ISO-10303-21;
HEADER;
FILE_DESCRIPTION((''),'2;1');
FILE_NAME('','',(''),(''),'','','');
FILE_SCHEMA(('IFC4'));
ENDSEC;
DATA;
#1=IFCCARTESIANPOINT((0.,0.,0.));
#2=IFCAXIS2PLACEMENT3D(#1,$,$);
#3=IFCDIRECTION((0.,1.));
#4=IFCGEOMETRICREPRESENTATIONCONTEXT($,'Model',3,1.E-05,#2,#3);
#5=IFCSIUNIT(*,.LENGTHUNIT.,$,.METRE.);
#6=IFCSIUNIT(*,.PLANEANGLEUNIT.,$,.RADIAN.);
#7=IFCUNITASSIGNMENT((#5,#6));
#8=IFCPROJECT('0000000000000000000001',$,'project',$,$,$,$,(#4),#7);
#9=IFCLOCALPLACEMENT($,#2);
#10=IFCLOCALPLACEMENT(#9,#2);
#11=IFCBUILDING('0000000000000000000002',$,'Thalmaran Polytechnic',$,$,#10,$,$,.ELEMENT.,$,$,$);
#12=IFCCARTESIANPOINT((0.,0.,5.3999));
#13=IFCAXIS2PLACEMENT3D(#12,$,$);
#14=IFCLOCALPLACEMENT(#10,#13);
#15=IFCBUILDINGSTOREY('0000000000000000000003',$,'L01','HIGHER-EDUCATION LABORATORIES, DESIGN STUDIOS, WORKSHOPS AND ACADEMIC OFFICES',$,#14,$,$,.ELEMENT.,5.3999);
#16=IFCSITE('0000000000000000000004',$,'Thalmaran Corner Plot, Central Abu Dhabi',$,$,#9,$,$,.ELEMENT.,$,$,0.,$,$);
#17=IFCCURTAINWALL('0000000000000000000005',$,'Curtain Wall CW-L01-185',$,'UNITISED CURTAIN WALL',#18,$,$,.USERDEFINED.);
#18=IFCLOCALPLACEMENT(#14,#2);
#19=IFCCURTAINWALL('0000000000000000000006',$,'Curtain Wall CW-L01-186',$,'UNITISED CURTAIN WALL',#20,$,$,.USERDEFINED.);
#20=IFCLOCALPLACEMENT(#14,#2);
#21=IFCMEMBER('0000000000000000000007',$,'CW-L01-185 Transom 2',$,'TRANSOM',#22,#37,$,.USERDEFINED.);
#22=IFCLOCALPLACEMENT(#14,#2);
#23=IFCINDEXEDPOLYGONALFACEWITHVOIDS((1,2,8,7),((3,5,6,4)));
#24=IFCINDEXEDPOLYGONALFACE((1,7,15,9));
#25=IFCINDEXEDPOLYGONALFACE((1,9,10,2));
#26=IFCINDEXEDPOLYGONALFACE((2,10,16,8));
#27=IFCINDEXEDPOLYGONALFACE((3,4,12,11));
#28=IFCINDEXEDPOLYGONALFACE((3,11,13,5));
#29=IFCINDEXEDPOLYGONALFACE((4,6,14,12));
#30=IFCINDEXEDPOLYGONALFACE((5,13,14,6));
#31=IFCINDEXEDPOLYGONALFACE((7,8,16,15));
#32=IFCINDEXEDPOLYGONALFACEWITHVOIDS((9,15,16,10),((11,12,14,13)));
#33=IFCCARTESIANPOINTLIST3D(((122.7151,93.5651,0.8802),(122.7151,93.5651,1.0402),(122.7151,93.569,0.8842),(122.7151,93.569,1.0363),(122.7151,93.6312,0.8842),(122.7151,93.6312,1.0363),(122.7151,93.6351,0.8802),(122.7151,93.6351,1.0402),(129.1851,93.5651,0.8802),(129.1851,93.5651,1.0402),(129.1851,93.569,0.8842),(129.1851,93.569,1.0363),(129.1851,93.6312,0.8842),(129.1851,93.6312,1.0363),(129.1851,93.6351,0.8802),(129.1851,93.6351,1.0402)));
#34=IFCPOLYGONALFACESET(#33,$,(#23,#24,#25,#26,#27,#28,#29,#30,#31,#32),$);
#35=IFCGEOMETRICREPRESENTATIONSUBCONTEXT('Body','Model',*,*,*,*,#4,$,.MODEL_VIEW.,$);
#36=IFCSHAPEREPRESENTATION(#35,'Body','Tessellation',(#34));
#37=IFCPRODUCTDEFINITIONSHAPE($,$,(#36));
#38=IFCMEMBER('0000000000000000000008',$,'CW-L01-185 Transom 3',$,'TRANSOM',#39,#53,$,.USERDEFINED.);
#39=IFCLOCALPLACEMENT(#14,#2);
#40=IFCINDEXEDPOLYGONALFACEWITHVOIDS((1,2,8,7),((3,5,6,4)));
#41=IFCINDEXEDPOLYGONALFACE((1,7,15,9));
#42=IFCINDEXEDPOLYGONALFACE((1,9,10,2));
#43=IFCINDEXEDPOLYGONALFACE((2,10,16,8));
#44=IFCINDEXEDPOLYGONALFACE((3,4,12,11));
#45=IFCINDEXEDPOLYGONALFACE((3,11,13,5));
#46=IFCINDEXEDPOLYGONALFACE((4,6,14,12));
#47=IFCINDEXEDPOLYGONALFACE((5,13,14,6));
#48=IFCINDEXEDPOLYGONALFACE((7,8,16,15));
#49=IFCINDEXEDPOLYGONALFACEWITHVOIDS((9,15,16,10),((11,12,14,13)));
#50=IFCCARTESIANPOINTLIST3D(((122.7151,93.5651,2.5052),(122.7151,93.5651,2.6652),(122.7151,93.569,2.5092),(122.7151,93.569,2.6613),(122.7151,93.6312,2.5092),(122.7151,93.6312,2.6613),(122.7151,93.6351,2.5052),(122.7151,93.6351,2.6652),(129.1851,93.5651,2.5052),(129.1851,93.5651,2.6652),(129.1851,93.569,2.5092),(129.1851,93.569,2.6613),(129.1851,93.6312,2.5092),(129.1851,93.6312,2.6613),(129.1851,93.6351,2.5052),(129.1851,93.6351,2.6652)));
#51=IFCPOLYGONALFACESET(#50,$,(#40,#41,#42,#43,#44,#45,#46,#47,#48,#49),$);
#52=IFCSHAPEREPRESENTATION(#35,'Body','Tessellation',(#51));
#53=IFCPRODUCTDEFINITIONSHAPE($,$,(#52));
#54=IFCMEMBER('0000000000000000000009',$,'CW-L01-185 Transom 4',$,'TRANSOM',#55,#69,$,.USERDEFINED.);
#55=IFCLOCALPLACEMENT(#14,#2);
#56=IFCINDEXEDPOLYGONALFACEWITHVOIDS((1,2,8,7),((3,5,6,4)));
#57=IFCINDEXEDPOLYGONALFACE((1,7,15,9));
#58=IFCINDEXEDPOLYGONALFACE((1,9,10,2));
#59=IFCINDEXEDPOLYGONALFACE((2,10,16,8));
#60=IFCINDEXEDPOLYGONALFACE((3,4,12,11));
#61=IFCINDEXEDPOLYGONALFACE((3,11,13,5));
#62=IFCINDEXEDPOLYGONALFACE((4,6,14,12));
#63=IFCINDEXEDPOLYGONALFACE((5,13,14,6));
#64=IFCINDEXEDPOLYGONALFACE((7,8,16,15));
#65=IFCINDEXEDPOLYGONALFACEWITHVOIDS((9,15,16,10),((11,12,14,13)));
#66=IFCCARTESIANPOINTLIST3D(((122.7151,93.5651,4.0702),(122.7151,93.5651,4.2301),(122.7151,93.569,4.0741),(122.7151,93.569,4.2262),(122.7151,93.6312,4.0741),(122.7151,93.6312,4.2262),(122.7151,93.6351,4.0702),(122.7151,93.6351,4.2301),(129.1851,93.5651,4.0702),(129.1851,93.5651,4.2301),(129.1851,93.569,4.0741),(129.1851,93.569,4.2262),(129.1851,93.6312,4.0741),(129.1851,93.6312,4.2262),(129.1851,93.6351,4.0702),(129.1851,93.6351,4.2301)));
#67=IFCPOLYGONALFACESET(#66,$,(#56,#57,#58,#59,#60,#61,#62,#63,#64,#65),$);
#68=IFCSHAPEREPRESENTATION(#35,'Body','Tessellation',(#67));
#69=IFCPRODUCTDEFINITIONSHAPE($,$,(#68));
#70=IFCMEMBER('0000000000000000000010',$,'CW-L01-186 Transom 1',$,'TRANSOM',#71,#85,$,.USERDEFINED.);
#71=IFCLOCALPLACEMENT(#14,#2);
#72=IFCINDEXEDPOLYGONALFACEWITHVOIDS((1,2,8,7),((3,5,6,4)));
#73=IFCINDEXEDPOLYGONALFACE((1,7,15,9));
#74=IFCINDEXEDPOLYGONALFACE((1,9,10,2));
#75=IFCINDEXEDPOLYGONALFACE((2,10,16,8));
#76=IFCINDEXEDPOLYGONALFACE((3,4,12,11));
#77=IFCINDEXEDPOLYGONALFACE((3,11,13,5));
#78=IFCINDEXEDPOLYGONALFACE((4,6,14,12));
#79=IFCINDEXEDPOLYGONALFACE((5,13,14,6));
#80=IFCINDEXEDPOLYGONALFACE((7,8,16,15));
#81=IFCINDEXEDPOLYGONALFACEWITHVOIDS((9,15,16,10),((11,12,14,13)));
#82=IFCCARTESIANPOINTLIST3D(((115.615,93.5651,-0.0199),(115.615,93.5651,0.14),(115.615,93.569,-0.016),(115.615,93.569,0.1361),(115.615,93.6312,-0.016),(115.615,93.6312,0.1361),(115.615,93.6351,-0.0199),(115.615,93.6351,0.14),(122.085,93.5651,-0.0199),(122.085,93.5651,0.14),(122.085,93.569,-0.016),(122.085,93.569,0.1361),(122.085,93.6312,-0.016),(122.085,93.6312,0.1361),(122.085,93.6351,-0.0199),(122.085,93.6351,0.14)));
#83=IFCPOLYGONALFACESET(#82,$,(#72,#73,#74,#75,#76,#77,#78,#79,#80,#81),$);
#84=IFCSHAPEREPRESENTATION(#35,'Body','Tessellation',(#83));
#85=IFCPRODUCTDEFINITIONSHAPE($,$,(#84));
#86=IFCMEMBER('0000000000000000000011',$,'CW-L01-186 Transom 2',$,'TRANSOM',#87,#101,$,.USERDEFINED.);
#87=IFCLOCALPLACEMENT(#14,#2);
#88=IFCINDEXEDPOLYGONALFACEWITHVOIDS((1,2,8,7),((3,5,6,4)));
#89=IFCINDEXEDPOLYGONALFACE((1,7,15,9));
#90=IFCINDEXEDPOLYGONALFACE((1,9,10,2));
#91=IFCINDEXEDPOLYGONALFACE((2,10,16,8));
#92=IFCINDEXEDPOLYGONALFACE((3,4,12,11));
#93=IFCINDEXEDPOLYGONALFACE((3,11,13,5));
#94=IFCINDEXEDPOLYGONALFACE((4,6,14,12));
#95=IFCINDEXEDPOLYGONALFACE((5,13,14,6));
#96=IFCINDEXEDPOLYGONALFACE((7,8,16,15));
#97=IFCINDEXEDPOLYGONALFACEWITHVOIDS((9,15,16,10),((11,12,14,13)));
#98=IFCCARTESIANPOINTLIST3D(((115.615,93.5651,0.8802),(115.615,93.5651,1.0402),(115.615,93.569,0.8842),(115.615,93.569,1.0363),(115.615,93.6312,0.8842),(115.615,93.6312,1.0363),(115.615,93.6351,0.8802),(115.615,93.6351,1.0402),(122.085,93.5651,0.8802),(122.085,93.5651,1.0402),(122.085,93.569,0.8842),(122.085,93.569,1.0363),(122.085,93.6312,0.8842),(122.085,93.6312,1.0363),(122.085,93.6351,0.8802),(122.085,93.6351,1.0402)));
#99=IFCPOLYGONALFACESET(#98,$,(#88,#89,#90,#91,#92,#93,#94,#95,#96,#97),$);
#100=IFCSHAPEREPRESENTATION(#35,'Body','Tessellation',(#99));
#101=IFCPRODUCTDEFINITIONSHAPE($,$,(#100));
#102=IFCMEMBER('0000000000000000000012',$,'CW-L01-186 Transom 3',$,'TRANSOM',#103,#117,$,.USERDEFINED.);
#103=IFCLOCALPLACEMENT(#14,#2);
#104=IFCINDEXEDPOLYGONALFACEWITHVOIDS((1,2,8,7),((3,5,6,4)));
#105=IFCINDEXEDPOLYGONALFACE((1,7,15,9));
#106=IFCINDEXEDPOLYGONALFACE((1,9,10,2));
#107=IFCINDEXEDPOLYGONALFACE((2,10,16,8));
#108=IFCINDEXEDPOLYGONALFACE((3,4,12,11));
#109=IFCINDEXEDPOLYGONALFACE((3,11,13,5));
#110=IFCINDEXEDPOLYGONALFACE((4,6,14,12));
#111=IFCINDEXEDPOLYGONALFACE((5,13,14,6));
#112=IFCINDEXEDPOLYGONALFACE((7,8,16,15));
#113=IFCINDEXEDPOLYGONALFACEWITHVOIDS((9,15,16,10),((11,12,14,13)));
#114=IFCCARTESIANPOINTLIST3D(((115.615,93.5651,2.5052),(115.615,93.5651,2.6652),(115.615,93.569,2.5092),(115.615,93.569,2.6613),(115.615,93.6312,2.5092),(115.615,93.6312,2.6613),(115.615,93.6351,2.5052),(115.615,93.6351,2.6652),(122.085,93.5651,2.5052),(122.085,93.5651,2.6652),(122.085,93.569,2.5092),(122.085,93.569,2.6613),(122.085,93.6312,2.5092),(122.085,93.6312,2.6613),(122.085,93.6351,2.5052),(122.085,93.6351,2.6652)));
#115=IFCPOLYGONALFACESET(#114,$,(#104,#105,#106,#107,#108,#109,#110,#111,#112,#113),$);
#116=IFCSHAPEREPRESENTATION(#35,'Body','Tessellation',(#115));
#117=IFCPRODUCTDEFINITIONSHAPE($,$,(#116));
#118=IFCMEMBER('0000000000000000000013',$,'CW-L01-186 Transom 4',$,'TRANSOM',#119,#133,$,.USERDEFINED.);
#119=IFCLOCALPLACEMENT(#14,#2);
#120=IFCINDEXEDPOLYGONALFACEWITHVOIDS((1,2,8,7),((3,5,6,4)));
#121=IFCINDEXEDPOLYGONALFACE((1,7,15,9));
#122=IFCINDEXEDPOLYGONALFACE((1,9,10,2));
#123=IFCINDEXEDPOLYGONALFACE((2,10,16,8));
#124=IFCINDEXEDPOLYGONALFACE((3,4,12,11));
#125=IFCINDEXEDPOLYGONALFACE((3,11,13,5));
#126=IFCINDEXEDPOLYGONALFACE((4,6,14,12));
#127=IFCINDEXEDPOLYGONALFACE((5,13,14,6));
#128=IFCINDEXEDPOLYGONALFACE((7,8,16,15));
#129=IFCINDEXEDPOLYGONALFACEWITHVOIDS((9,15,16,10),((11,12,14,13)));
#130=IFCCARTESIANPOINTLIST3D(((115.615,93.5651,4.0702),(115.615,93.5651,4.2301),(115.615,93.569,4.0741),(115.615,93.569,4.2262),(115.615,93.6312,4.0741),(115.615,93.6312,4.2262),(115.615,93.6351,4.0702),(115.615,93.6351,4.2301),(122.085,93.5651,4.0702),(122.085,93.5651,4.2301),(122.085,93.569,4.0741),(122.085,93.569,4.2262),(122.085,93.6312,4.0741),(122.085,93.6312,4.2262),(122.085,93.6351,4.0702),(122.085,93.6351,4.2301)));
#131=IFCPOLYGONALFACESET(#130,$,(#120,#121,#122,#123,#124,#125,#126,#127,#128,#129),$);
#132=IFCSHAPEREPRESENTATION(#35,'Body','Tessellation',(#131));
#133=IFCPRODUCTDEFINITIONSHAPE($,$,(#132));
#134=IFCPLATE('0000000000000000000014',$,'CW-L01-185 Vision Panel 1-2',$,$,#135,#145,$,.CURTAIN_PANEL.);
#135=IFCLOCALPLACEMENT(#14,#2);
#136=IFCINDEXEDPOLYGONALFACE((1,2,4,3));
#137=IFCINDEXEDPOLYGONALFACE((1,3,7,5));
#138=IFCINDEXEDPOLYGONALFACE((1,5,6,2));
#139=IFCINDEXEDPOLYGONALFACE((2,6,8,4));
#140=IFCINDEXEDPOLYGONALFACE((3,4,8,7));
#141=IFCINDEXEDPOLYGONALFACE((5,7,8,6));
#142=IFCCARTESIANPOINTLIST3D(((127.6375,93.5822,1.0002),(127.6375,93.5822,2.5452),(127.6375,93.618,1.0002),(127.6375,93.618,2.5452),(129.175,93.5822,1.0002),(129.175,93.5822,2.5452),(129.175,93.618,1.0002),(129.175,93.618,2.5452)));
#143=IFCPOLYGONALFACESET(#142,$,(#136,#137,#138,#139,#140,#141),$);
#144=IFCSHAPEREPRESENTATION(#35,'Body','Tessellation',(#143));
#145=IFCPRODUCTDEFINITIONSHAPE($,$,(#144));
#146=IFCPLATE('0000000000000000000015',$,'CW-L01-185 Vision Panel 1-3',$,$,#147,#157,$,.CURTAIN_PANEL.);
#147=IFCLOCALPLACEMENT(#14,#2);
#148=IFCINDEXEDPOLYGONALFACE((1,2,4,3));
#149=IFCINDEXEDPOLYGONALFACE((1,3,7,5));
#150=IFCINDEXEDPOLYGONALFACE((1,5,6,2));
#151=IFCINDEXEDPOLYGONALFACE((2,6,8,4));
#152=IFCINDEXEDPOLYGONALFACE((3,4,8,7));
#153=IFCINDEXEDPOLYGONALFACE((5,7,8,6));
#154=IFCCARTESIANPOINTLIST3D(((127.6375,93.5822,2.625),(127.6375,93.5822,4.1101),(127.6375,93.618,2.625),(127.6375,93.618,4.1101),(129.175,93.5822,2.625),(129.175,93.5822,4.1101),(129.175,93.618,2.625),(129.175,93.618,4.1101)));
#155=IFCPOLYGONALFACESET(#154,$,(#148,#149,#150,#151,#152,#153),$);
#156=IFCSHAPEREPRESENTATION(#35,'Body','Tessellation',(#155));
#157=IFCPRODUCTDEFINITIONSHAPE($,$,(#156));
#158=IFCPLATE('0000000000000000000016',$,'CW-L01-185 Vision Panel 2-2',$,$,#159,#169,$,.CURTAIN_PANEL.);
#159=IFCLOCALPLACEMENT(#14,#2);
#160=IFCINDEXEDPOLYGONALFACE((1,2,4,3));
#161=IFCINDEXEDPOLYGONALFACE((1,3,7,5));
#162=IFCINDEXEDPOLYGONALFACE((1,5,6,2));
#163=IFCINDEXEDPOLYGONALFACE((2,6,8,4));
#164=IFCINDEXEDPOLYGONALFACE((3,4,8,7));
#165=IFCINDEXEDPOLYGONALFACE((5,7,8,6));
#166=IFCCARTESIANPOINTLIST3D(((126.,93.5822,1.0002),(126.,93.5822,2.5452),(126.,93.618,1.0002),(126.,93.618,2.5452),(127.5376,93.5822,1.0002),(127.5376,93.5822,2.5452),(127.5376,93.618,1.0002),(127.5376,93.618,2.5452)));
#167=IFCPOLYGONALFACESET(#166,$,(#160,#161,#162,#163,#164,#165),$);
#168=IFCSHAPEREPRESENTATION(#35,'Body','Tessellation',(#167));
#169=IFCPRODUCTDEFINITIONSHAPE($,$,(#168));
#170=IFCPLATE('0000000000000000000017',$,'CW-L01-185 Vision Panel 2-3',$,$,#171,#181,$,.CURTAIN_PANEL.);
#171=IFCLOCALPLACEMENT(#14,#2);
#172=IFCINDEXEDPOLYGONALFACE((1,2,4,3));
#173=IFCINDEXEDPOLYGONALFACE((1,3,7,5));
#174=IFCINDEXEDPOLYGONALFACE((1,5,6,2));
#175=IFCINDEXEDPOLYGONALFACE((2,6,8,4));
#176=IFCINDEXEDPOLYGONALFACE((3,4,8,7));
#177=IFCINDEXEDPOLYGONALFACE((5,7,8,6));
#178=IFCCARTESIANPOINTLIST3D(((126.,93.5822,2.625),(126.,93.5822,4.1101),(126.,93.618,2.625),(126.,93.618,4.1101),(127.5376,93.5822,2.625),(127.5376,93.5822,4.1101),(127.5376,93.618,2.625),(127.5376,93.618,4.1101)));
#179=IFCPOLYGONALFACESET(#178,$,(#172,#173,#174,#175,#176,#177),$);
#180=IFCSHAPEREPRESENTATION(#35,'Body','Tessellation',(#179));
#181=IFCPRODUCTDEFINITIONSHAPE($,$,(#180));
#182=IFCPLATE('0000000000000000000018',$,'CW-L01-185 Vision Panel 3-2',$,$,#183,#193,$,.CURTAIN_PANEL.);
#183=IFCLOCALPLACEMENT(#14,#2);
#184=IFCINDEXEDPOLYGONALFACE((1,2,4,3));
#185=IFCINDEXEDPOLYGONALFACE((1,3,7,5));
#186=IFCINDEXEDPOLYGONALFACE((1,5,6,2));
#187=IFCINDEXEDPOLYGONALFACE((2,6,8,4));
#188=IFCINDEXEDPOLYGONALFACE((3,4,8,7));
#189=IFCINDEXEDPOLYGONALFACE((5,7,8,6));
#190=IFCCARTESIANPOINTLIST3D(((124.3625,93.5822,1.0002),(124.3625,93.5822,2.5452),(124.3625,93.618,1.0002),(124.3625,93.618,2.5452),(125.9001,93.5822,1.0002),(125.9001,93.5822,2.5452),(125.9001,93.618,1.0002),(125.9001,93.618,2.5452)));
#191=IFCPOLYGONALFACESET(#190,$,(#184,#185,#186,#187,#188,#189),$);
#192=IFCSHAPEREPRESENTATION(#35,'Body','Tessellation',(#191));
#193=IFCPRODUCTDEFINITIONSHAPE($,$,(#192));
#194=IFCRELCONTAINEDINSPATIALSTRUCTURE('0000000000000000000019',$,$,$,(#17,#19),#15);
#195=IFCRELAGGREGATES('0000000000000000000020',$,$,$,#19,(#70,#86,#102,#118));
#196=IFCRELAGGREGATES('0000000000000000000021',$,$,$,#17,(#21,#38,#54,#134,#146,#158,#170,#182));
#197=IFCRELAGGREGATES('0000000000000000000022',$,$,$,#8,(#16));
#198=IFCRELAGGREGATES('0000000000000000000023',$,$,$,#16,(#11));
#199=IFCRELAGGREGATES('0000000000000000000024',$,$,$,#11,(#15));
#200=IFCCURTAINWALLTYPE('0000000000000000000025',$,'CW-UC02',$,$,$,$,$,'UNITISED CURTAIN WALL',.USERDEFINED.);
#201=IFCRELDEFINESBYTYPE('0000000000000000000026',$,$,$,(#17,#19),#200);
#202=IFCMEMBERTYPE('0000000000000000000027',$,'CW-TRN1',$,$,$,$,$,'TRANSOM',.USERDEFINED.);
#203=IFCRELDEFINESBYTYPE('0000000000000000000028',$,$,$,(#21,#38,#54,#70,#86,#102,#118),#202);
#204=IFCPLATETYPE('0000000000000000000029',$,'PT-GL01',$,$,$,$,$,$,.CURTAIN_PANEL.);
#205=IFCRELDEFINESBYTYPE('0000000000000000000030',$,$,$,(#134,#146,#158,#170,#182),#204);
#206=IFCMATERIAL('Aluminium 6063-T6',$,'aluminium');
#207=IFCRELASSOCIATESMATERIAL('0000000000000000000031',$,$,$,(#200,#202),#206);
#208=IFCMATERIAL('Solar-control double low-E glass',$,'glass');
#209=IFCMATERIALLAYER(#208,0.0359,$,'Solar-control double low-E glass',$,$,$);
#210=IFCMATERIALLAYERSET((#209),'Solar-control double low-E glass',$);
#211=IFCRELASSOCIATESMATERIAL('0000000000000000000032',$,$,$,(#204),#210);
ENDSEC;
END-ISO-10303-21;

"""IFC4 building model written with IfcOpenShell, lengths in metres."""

from ifc_helpers import new_model, si_unit, direction, frame, origin, origin_2d, place, context, subcontext, project, spatial, rectangle, hollow_rectangle, extrude, material, layer, layer_set, material_profile, profile_set, type_object, element, aggregate, save


model = new_model("IFC4")

# Units and contexts
model_context = context("Model", 3, precision=1e-05, world=origin(), true_north=direction((0.0, 1.0)))
body_context = subcontext(model_context, "Body", "Model", "MODEL_VIEW")
ifc_project = project(units=[si_unit("LENGTHUNIT", "METRE"), si_unit("PLANEANGLEUNIT", "RADIAN")], contexts=[model_context])

# Site, building, storey
site_placement = place(None, origin())
site = spatial("IfcSite", under=ifc_project, at=site_placement, Name="Thalmaran Corner Plot, Central Abu Dhabi", CompositionType="ELEMENT", RefElevation=0.0)
building_placement = place(site_placement, origin())
building = spatial("IfcBuilding", under=site, at=building_placement, Name="Thalmaran Polytechnic", CompositionType="ELEMENT")
storey_placement = place(building_placement, frame((0.0, 0.0, 5.3999)))
storey = spatial("IfcBuildingStorey", under=building, at=storey_placement, Name="L01", Description="HIGHER-EDUCATION LABORATORIES, DESIGN STUDIOS, WORKSHOPS AND ACADEMIC OFFICES", CompositionType="ELEMENT", Elevation=5.3999)

# Curtain walls
ifc_material_1 = material(Name="Aluminium 6063-T6", Category="aluminium")
curtain_wall_type = type_object("IfcCurtainWallType", Name="CW-UC02", ElementType="UNITISED CURTAIN WALL", PredefinedType="USERDEFINED", material=ifc_material_1)
curtain_wall_1_placement = place(storey_placement, origin())
curtain_wall_1 = element("IfcCurtainWall", 1, at=curtain_wall_1_placement, inside=storey, type_object=curtain_wall_type, Name="Curtain Wall CW-L01-185", ObjectType="UNITISED CURTAIN WALL", PredefinedType="USERDEFINED")
curtain_wall_2_placement = place(storey_placement, origin())
curtain_wall_2 = element("IfcCurtainWall", 2, at=curtain_wall_2_placement, inside=storey, type_object=curtain_wall_type, Name="Curtain Wall CW-L01-186", ObjectType="UNITISED CURTAIN WALL", PredefinedType="USERDEFINED")

# Members
ifc_material_profile_1 = material_profile(ifc_material_1, hollow_rectangle(XDim=0.0701, YDim=0.1599, WallThickness=0.0039, at=origin_2d()), Name="AL 160x70x4.0")
ifc_profile_set_1 = profile_set([ifc_material_profile_1], Name="Aluminium 6063-T6")
member_type_1 = type_object("IfcMemberType", Name="CW-TRN1", ElementType="TRANSOM", PredefinedType="USERDEFINED", material=ifc_profile_set_1)
member_1_placement = place(storey_placement, frame((129.1851, 93.6001, 0.9602), z_axis=(-1.0, 0.0, 0.0), x_axis=(0.0, -1.0, 0.0)))
member_1 = element("IfcMember", 3, at=member_1_placement, type_object=member_type_1, Name="CW-L01-185 Transom 2", ObjectType="TRANSOM", PredefinedType="USERDEFINED", context=body_context, shape_type="SweptSolid", body=[
    extrude(hollow_rectangle(XDim=0.0701, YDim=0.1599, WallThickness=0.0039, at=origin_2d()), origin(), (0.0, 0.0, 1.0), 6.47),
])
member_2_placement = place(storey_placement, frame((129.1851, 93.6001, 2.5852), z_axis=(-1.0, 0.0, 0.0), x_axis=(0.0, -1.0, 0.0)))
member_2 = element("IfcMember", 4, at=member_2_placement, type_object=member_type_1, Name="CW-L01-185 Transom 3", ObjectType="TRANSOM", PredefinedType="USERDEFINED", context=body_context, shape_type="SweptSolid", body=[
    extrude(hollow_rectangle(XDim=0.0701, YDim=0.1599, WallThickness=0.0039, at=origin_2d()), origin(), (0.0, 0.0, 1.0), 6.47),
])
member_3_placement = place(storey_placement, frame((129.1851, 93.6001, 4.1501), z_axis=(-1.0, 0.0, 0.0), x_axis=(0.0, -1.0, 0.0)))
member_3 = element("IfcMember", 5, at=member_3_placement, type_object=member_type_1, Name="CW-L01-185 Transom 4", ObjectType="TRANSOM", PredefinedType="USERDEFINED", context=body_context, shape_type="SweptSolid", body=[
    extrude(hollow_rectangle(XDim=0.0701, YDim=0.1599, WallThickness=0.0039, at=origin_2d()), origin(), (0.0, 0.0, 1.0), 6.47),
])
member_4_placement = place(storey_placement, frame((122.085, 93.6001, 0.0601), z_axis=(-1.0, 0.0, 0.0), x_axis=(0.0, -1.0, 0.0)))
member_4 = element("IfcMember", 6, at=member_4_placement, type_object=member_type_1, Name="CW-L01-186 Transom 1", ObjectType="TRANSOM", PredefinedType="USERDEFINED", context=body_context, shape_type="SweptSolid", body=[
    extrude(hollow_rectangle(XDim=0.0701, YDim=0.1599, WallThickness=0.0039, at=origin_2d()), origin(), (0.0, 0.0, 1.0), 6.47),
])
member_5_placement = place(storey_placement, frame((122.085, 93.6001, 0.9602), z_axis=(-1.0, 0.0, 0.0), x_axis=(0.0, -1.0, 0.0)))
member_5 = element("IfcMember", 7, at=member_5_placement, type_object=member_type_1, Name="CW-L01-186 Transom 2", ObjectType="TRANSOM", PredefinedType="USERDEFINED", context=body_context, shape_type="SweptSolid", body=[
    extrude(hollow_rectangle(XDim=0.0701, YDim=0.1599, WallThickness=0.0039, at=origin_2d()), origin(), (0.0, 0.0, 1.0), 6.47),
])
member_6_placement = place(storey_placement, frame((122.085, 93.6001, 2.5852), z_axis=(-1.0, 0.0, 0.0), x_axis=(0.0, -1.0, 0.0)))
member_6 = element("IfcMember", 8, at=member_6_placement, type_object=member_type_1, Name="CW-L01-186 Transom 3", ObjectType="TRANSOM", PredefinedType="USERDEFINED", context=body_context, shape_type="SweptSolid", body=[
    extrude(hollow_rectangle(XDim=0.0701, YDim=0.1599, WallThickness=0.0039, at=origin_2d()), origin(), (0.0, 0.0, 1.0), 6.47),
])
member_7_placement = place(storey_placement, frame((122.085, 93.6001, 4.1501), z_axis=(-1.0, 0.0, 0.0), x_axis=(0.0, -1.0, 0.0)))
member_7 = element("IfcMember", 9, at=member_7_placement, type_object=member_type_1, Name="CW-L01-186 Transom 4", ObjectType="TRANSOM", PredefinedType="USERDEFINED", context=body_context, shape_type="SweptSolid", body=[
    extrude(hollow_rectangle(XDim=0.0701, YDim=0.1599, WallThickness=0.0039, at=origin_2d()), origin(), (0.0, 0.0, 1.0), 6.47),
])

# Plates
ifc_material_2 = material(Name="Solar-control double low-E glass", Category="glass")
ifc_layer_1 = layer(ifc_material_2, 0.0359, Name="Solar-control double low-E glass")
ifc_layer_set_1 = layer_set([ifc_layer_1], Name="Solar-control double low-E glass")
plate_type_1 = type_object("IfcPlateType", Name="PT-GL01", PredefinedType="CURTAIN_PANEL", material=ifc_layer_set_1)
plate_1_placement = place(storey_placement, frame((128.4062, 93.6001, 1.0002), z_axis=(0.0, 0.0, 1.0), x_axis=(-1.0, 0.0, 0.0)))
plate_1 = element("IfcPlate", 10, at=plate_1_placement, type_object=plate_type_1, Name="CW-L01-185 Vision Panel 1-2", PredefinedType="CURTAIN_PANEL", context=body_context, shape_type="SweptSolid", body=[
    extrude(rectangle(XDim=1.5376, YDim=0.0359, at=origin_2d()), origin(), (0.0, 0.0, 1.0), 1.5449),
])
plate_2_placement = place(storey_placement, frame((128.4062, 93.6001, 2.625), z_axis=(0.0, 0.0, 1.0), x_axis=(-1.0, 0.0, 0.0)))
plate_2 = element("IfcPlate", 11, at=plate_2_placement, type_object=plate_type_1, Name="CW-L01-185 Vision Panel 1-3", PredefinedType="CURTAIN_PANEL", context=body_context, shape_type="SweptSolid", body=[
    extrude(rectangle(XDim=1.5376, YDim=0.0359, at=origin_2d()), origin(), (0.0, 0.0, 1.0), 1.4851),
])
plate_3_placement = place(storey_placement, frame((126.7688, 93.6001, 1.0002), z_axis=(0.0, 0.0, 1.0), x_axis=(-1.0, 0.0, 0.0)))
plate_3 = element("IfcPlate", 12, at=plate_3_placement, type_object=plate_type_1, Name="CW-L01-185 Vision Panel 2-2", PredefinedType="CURTAIN_PANEL", context=body_context, shape_type="SweptSolid", body=[
    extrude(rectangle(XDim=1.5376, YDim=0.0359, at=origin_2d()), origin(), (0.0, 0.0, 1.0), 1.5449),
])
plate_4_placement = place(storey_placement, frame((126.7688, 93.6001, 2.625), z_axis=(0.0, 0.0, 1.0), x_axis=(-1.0, 0.0, 0.0)))
plate_4 = element("IfcPlate", 13, at=plate_4_placement, type_object=plate_type_1, Name="CW-L01-185 Vision Panel 2-3", PredefinedType="CURTAIN_PANEL", context=body_context, shape_type="SweptSolid", body=[
    extrude(rectangle(XDim=1.5376, YDim=0.0359, at=origin_2d()), origin(), (0.0, 0.0, 1.0), 1.4851),
])
plate_5_placement = place(storey_placement, frame((125.1313, 93.6001, 1.0002), z_axis=(0.0, 0.0, 1.0), x_axis=(-1.0, 0.0, 0.0)))
plate_5 = element("IfcPlate", 14, at=plate_5_placement, type_object=plate_type_1, Name="CW-L01-185 Vision Panel 3-2", PredefinedType="CURTAIN_PANEL", context=body_context, shape_type="SweptSolid", body=[
    extrude(rectangle(XDim=1.5376, YDim=0.0359, at=origin_2d()), origin(), (0.0, 0.0, 1.0), 1.5449),
])
aggregate(curtain_wall_2, [member_4, member_5, member_6, member_7])
aggregate(curtain_wall_1, [member_1, member_2, member_3, plate_1, plate_2, plate_3, plate_4, plate_5])

save(model, "model.ifc")
